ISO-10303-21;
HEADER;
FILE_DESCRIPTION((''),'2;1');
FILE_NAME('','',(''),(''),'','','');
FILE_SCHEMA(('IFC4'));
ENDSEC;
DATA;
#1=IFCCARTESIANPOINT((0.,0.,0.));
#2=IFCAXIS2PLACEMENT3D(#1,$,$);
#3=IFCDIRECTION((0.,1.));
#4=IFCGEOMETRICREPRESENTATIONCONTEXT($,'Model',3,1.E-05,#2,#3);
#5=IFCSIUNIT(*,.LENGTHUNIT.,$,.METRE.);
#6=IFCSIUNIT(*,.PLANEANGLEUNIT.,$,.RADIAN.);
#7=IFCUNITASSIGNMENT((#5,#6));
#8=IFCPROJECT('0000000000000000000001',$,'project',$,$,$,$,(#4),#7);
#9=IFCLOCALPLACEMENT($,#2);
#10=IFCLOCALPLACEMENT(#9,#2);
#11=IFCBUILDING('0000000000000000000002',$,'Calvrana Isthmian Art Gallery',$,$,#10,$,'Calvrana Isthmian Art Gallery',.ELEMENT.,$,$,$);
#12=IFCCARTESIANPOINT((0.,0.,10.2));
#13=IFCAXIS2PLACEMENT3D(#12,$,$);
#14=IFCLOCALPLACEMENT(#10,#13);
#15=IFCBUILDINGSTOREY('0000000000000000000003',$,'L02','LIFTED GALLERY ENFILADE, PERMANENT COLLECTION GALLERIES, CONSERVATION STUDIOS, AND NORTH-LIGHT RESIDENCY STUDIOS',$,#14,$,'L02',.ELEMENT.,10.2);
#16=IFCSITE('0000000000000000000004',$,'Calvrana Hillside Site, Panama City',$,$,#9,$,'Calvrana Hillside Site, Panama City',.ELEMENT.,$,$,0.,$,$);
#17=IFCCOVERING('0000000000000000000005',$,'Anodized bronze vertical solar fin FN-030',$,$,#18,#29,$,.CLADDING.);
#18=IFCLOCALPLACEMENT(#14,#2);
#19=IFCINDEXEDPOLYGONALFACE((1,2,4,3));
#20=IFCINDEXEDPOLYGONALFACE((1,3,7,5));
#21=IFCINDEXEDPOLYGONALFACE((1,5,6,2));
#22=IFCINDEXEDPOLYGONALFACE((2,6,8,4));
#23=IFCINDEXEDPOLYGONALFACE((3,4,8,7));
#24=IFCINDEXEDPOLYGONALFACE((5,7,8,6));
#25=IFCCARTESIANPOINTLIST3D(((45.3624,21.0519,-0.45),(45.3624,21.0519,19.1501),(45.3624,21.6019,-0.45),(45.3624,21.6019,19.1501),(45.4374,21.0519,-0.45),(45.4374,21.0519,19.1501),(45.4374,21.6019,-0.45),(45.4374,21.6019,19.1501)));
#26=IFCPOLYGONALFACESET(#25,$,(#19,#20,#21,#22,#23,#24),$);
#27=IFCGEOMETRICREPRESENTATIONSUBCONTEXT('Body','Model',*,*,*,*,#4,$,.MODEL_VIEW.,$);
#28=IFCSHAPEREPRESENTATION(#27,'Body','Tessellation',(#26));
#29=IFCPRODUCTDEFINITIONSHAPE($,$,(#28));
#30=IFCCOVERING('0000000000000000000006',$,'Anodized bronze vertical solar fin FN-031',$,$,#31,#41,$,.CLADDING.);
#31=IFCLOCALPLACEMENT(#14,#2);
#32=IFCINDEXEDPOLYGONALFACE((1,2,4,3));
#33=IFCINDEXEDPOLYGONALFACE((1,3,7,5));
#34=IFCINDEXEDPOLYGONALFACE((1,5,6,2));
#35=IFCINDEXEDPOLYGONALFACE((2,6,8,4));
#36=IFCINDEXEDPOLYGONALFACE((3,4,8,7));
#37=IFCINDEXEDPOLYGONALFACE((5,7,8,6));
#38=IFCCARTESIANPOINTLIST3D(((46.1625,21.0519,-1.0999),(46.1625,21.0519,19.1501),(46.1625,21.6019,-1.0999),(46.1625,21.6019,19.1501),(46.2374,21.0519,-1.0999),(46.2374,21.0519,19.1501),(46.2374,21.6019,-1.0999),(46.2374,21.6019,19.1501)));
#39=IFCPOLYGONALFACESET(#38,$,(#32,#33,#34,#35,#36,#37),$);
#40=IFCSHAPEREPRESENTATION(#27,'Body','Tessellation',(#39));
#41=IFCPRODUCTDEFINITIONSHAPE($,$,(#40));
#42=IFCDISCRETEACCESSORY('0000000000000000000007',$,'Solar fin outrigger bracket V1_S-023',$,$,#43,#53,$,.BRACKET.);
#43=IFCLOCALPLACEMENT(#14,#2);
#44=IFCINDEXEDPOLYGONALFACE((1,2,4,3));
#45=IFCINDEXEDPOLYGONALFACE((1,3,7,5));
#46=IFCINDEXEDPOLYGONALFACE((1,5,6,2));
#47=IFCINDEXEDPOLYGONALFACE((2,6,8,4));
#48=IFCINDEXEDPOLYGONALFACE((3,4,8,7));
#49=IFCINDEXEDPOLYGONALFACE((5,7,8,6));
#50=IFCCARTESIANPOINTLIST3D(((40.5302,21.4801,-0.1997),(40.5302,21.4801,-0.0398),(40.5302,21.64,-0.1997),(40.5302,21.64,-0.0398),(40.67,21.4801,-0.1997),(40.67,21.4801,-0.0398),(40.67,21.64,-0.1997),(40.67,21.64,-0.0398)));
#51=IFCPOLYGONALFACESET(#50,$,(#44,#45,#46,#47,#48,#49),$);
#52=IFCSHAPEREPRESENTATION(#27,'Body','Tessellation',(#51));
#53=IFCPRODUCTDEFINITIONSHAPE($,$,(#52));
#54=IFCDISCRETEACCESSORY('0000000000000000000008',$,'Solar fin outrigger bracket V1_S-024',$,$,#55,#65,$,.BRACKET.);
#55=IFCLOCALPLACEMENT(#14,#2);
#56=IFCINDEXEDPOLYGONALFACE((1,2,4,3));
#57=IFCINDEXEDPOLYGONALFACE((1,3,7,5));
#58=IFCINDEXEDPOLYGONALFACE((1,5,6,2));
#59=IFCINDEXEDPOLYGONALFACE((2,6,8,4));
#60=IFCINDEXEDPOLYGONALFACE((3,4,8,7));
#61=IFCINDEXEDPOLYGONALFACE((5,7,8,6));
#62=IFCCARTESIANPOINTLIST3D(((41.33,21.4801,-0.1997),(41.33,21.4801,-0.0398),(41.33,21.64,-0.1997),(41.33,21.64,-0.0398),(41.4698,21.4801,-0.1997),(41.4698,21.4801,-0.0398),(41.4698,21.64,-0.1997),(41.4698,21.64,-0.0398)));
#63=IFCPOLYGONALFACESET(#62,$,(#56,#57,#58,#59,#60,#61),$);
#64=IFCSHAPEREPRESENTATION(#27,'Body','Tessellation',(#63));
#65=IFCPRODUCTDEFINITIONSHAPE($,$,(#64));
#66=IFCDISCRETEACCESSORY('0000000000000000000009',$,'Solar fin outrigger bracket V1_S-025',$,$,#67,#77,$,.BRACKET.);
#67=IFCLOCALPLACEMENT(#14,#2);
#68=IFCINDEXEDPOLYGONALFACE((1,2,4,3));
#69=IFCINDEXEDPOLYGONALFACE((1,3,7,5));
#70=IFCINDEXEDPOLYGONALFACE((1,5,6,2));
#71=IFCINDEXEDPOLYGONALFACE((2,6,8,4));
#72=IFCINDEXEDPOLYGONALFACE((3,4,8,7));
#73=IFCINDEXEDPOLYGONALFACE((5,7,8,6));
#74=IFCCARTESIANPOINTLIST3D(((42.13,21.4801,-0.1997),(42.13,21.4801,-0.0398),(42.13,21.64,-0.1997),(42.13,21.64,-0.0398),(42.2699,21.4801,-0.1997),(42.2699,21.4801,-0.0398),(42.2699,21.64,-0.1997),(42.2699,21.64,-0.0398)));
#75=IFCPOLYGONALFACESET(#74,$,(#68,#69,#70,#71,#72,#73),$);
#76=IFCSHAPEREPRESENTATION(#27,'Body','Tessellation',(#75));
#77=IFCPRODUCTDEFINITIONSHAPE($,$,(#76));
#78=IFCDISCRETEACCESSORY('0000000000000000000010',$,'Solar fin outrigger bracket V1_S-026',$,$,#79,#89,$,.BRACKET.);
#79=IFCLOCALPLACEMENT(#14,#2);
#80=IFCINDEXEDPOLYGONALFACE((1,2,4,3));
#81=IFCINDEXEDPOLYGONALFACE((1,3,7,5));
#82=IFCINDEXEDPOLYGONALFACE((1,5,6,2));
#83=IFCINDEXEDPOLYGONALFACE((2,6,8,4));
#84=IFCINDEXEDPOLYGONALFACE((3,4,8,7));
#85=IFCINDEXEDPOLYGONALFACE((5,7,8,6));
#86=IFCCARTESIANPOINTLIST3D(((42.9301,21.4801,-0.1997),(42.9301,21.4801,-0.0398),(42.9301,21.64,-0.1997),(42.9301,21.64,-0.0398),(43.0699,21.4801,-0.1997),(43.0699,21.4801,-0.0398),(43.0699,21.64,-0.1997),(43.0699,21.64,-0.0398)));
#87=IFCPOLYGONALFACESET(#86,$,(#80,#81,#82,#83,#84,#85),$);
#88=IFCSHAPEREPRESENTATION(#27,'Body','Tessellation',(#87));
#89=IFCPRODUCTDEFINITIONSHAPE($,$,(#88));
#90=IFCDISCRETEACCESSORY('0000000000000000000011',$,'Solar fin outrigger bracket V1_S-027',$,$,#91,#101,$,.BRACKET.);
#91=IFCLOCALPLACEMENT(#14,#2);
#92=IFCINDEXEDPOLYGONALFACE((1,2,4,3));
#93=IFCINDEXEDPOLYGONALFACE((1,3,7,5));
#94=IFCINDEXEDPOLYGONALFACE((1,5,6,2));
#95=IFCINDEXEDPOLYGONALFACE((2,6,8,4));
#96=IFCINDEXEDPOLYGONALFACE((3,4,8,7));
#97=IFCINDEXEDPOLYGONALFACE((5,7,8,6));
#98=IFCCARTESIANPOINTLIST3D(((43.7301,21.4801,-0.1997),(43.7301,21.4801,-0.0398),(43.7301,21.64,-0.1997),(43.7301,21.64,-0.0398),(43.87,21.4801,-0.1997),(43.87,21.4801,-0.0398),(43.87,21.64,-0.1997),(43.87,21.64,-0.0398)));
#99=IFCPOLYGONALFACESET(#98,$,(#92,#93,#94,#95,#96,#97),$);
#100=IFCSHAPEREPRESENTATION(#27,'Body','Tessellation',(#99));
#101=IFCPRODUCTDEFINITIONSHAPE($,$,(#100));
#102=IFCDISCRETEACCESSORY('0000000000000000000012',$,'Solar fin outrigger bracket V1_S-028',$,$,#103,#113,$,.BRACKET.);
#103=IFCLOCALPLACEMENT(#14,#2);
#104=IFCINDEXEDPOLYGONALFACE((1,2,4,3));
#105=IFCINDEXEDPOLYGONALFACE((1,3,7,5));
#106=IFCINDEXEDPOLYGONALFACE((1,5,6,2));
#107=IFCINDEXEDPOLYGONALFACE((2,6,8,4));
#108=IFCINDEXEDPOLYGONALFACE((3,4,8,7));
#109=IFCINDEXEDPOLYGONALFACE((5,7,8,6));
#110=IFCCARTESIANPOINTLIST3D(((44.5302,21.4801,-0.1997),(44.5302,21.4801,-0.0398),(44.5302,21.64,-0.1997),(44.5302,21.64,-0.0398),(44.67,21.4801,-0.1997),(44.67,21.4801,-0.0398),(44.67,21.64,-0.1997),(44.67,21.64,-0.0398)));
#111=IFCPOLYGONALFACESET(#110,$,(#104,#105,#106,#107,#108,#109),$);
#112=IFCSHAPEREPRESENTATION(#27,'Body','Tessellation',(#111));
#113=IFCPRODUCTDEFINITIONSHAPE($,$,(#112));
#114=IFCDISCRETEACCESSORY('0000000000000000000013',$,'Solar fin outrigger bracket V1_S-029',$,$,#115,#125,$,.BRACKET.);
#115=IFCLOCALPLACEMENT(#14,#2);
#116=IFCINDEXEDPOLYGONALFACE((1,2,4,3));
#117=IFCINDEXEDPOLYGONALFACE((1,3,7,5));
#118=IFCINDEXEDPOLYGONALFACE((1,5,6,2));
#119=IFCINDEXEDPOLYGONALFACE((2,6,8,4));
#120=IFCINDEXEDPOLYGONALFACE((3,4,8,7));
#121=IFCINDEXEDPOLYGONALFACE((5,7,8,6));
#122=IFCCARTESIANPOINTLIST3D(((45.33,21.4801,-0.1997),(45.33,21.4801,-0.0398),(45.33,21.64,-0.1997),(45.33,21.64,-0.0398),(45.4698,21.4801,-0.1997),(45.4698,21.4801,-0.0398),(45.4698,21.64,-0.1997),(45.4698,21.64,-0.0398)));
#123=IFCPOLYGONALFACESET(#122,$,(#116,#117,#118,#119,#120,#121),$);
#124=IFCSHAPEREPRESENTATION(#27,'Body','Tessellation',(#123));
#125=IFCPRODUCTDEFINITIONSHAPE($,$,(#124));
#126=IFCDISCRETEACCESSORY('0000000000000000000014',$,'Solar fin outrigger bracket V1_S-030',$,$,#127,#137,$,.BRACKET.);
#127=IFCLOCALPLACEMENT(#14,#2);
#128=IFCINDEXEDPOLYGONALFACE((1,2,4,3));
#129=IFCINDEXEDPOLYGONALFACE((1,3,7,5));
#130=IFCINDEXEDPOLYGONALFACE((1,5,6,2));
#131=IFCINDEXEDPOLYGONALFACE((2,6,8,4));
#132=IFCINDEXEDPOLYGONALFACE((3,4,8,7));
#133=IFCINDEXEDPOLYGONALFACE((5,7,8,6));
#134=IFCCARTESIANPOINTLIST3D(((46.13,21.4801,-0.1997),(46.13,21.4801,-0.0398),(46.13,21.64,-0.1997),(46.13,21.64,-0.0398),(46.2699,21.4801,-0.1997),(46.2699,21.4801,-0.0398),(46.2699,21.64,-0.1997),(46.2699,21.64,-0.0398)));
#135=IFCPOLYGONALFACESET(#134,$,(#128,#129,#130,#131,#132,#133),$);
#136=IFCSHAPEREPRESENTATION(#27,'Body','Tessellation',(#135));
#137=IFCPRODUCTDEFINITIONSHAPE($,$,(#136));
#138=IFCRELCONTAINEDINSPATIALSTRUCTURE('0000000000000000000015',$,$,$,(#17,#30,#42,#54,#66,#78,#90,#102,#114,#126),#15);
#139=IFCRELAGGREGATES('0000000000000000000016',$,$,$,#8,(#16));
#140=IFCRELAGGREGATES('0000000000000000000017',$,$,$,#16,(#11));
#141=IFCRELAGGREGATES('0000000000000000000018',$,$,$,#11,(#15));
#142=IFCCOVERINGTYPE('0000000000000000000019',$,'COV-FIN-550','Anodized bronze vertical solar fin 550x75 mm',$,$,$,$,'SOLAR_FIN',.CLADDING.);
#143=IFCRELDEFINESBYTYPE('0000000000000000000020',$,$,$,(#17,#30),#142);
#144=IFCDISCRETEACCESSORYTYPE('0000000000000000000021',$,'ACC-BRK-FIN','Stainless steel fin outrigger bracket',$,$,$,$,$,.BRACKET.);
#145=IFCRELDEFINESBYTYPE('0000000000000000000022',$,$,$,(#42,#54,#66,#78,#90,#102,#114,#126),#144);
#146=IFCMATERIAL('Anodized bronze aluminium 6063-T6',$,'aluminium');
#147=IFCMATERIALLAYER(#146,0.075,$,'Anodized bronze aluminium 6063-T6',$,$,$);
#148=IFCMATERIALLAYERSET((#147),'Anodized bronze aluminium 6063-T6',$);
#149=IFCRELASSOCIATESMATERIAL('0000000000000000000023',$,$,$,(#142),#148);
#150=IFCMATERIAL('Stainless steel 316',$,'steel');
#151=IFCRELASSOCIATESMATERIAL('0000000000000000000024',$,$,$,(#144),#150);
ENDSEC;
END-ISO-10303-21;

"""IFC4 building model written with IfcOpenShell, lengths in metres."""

from ifc_helpers import new_model, si_unit, direction, frame, origin, origin_2d, place, context, subcontext, project, spatial, rectangle, extrude, material, layer, layer_set, type_object, element, save


model = new_model("IFC4")

# Units and contexts
model_context = context("Model", 3, precision=1e-05, world=origin(), true_north=direction((0.0, 1.0)))
body_context = subcontext(model_context, "Body", "Model", "MODEL_VIEW")
ifc_project = project(units=[si_unit("LENGTHUNIT", "METRE"), si_unit("PLANEANGLEUNIT", "RADIAN")], contexts=[model_context])

# Site, building, storey
site_placement = place(None, origin())
site = spatial("IfcSite", under=ifc_project, at=site_placement, Name="Calvrana Hillside Site, Panama City", LongName="Calvrana Hillside Site, Panama City", CompositionType="ELEMENT", RefElevation=0.0)
building_placement = place(site_placement, origin())
building = spatial("IfcBuilding", under=site, at=building_placement, Name="Calvrana Isthmian Art Gallery", LongName="Calvrana Isthmian Art Gallery", CompositionType="ELEMENT")
storey_placement = place(building_placement, frame((0.0, 0.0, 10.2)))
storey = spatial("IfcBuildingStorey", under=building, at=storey_placement, Name="L02", Description="LIFTED GALLERY ENFILADE, PERMANENT COLLECTION GALLERIES, CONSERVATION STUDIOS, AND NORTH-LIGHT RESIDENCY STUDIOS", LongName="L02", CompositionType="ELEMENT", Elevation=10.2)

# Shared definitions
ifc_material_1 = material(Name="Anodized bronze aluminium 6063-T6", Category="aluminium")

# Coverings
ifc_layer_1 = layer(ifc_material_1, 0.075, Name="Anodized bronze aluminium 6063-T6")
ifc_layer_set_1 = layer_set([ifc_layer_1], Name="Anodized bronze aluminium 6063-T6")
covering_type = type_object("IfcCoveringType", Name="COV-FIN-550", Description="Anodized bronze vertical solar fin 550x75 mm", ElementType="SOLAR_FIN", PredefinedType="CLADDING", material=ifc_layer_set_1)
covering_1_placement = place(storey_placement, frame((45.3999, 21.3269, -0.45), z_axis=(0.0, 0.0, 1.0), x_axis=(1.0, 0.0, 0.0)))
element("IfcCovering", 1, at=covering_1_placement, inside=storey, type_object=covering_type, Name="Anodized bronze vertical solar fin FN-030", PredefinedType="CLADDING", context=body_context, shape_type="SweptSolid", body=[
    extrude(rectangle(XDim=0.075, YDim=0.55, at=origin_2d()), origin(), (0.0, 0.0, 1.0), 19.6001),
])
covering_2_placement = place(storey_placement, frame((46.2, 21.3269, -1.0999), z_axis=(0.0, 0.0, 1.0), x_axis=(1.0, 0.0, 0.0)))
element("IfcCovering", 2, at=covering_2_placement, inside=storey, type_object=covering_type, Name="Anodized bronze vertical solar fin FN-031", PredefinedType="CLADDING", context=body_context, shape_type="SweptSolid", body=[
    extrude(rectangle(XDim=0.075, YDim=0.55, at=origin_2d()), origin(), (0.0, 0.0, 1.0), 20.25),
])

# Discrete accessories
ifc_material_2 = material(Name="Stainless steel 316", Category="steel")
discrete_accessory_type = type_object("IfcDiscreteAccessoryType", Name="ACC-BRK-FIN", Description="Stainless steel fin outrigger bracket", PredefinedType="BRACKET", material=ifc_material_2)
for number, where, z_axis, x_axis, name in (
    (3, (40.6001, 21.5601, -0.1997), (0.0, 0.0, 1.0), (1.0, 0.0, 0.0), "Solar fin outrigger bracket V1_S-023"),
    (4, (41.3999, 21.5601, -0.1997), (0.0, 0.0, 1.0), (1.0, 0.0, 0.0), "Solar fin outrigger bracket V1_S-024"),
    (5, (42.2, 21.5601, -0.1997), (0.0, 0.0, 1.0), (1.0, 0.0, 0.0), "Solar fin outrigger bracket V1_S-025"),
    (6, (43.0, 21.5601, -0.1997), (0.0, 0.0, 1.0), (1.0, 0.0, 0.0), "Solar fin outrigger bracket V1_S-026"),
    (7, (43.8, 21.5601, -0.1997), (0.0, 0.0, 1.0), (1.0, 0.0, 0.0), "Solar fin outrigger bracket V1_S-027"),
    (8, (44.6001, 21.5601, -0.1997), (0.0, 0.0, 1.0), (1.0, 0.0, 0.0), "Solar fin outrigger bracket V1_S-028"),
    (9, (45.3999, 21.5601, -0.1997), (0.0, 0.0, 1.0), (1.0, 0.0, 0.0), "Solar fin outrigger bracket V1_S-029"),
    (10, (46.2, 21.5601, -0.1997), (0.0, 0.0, 1.0), (1.0, 0.0, 0.0), "Solar fin outrigger bracket V1_S-030"),
):
    element("IfcDiscreteAccessory", number, at=place(storey_placement, frame(where, z_axis=z_axis, x_axis=x_axis)), inside=storey, type_object=discrete_accessory_type, Name=name, PredefinedType="BRACKET", context=body_context, shape_type="SweptSolid", body=[
        extrude(rectangle(XDim=0.1399, YDim=0.1599, at=origin_2d()), origin(), (0.0, 0.0, 1.0), 0.1599),
    ])

save(model, "model.ifc")
